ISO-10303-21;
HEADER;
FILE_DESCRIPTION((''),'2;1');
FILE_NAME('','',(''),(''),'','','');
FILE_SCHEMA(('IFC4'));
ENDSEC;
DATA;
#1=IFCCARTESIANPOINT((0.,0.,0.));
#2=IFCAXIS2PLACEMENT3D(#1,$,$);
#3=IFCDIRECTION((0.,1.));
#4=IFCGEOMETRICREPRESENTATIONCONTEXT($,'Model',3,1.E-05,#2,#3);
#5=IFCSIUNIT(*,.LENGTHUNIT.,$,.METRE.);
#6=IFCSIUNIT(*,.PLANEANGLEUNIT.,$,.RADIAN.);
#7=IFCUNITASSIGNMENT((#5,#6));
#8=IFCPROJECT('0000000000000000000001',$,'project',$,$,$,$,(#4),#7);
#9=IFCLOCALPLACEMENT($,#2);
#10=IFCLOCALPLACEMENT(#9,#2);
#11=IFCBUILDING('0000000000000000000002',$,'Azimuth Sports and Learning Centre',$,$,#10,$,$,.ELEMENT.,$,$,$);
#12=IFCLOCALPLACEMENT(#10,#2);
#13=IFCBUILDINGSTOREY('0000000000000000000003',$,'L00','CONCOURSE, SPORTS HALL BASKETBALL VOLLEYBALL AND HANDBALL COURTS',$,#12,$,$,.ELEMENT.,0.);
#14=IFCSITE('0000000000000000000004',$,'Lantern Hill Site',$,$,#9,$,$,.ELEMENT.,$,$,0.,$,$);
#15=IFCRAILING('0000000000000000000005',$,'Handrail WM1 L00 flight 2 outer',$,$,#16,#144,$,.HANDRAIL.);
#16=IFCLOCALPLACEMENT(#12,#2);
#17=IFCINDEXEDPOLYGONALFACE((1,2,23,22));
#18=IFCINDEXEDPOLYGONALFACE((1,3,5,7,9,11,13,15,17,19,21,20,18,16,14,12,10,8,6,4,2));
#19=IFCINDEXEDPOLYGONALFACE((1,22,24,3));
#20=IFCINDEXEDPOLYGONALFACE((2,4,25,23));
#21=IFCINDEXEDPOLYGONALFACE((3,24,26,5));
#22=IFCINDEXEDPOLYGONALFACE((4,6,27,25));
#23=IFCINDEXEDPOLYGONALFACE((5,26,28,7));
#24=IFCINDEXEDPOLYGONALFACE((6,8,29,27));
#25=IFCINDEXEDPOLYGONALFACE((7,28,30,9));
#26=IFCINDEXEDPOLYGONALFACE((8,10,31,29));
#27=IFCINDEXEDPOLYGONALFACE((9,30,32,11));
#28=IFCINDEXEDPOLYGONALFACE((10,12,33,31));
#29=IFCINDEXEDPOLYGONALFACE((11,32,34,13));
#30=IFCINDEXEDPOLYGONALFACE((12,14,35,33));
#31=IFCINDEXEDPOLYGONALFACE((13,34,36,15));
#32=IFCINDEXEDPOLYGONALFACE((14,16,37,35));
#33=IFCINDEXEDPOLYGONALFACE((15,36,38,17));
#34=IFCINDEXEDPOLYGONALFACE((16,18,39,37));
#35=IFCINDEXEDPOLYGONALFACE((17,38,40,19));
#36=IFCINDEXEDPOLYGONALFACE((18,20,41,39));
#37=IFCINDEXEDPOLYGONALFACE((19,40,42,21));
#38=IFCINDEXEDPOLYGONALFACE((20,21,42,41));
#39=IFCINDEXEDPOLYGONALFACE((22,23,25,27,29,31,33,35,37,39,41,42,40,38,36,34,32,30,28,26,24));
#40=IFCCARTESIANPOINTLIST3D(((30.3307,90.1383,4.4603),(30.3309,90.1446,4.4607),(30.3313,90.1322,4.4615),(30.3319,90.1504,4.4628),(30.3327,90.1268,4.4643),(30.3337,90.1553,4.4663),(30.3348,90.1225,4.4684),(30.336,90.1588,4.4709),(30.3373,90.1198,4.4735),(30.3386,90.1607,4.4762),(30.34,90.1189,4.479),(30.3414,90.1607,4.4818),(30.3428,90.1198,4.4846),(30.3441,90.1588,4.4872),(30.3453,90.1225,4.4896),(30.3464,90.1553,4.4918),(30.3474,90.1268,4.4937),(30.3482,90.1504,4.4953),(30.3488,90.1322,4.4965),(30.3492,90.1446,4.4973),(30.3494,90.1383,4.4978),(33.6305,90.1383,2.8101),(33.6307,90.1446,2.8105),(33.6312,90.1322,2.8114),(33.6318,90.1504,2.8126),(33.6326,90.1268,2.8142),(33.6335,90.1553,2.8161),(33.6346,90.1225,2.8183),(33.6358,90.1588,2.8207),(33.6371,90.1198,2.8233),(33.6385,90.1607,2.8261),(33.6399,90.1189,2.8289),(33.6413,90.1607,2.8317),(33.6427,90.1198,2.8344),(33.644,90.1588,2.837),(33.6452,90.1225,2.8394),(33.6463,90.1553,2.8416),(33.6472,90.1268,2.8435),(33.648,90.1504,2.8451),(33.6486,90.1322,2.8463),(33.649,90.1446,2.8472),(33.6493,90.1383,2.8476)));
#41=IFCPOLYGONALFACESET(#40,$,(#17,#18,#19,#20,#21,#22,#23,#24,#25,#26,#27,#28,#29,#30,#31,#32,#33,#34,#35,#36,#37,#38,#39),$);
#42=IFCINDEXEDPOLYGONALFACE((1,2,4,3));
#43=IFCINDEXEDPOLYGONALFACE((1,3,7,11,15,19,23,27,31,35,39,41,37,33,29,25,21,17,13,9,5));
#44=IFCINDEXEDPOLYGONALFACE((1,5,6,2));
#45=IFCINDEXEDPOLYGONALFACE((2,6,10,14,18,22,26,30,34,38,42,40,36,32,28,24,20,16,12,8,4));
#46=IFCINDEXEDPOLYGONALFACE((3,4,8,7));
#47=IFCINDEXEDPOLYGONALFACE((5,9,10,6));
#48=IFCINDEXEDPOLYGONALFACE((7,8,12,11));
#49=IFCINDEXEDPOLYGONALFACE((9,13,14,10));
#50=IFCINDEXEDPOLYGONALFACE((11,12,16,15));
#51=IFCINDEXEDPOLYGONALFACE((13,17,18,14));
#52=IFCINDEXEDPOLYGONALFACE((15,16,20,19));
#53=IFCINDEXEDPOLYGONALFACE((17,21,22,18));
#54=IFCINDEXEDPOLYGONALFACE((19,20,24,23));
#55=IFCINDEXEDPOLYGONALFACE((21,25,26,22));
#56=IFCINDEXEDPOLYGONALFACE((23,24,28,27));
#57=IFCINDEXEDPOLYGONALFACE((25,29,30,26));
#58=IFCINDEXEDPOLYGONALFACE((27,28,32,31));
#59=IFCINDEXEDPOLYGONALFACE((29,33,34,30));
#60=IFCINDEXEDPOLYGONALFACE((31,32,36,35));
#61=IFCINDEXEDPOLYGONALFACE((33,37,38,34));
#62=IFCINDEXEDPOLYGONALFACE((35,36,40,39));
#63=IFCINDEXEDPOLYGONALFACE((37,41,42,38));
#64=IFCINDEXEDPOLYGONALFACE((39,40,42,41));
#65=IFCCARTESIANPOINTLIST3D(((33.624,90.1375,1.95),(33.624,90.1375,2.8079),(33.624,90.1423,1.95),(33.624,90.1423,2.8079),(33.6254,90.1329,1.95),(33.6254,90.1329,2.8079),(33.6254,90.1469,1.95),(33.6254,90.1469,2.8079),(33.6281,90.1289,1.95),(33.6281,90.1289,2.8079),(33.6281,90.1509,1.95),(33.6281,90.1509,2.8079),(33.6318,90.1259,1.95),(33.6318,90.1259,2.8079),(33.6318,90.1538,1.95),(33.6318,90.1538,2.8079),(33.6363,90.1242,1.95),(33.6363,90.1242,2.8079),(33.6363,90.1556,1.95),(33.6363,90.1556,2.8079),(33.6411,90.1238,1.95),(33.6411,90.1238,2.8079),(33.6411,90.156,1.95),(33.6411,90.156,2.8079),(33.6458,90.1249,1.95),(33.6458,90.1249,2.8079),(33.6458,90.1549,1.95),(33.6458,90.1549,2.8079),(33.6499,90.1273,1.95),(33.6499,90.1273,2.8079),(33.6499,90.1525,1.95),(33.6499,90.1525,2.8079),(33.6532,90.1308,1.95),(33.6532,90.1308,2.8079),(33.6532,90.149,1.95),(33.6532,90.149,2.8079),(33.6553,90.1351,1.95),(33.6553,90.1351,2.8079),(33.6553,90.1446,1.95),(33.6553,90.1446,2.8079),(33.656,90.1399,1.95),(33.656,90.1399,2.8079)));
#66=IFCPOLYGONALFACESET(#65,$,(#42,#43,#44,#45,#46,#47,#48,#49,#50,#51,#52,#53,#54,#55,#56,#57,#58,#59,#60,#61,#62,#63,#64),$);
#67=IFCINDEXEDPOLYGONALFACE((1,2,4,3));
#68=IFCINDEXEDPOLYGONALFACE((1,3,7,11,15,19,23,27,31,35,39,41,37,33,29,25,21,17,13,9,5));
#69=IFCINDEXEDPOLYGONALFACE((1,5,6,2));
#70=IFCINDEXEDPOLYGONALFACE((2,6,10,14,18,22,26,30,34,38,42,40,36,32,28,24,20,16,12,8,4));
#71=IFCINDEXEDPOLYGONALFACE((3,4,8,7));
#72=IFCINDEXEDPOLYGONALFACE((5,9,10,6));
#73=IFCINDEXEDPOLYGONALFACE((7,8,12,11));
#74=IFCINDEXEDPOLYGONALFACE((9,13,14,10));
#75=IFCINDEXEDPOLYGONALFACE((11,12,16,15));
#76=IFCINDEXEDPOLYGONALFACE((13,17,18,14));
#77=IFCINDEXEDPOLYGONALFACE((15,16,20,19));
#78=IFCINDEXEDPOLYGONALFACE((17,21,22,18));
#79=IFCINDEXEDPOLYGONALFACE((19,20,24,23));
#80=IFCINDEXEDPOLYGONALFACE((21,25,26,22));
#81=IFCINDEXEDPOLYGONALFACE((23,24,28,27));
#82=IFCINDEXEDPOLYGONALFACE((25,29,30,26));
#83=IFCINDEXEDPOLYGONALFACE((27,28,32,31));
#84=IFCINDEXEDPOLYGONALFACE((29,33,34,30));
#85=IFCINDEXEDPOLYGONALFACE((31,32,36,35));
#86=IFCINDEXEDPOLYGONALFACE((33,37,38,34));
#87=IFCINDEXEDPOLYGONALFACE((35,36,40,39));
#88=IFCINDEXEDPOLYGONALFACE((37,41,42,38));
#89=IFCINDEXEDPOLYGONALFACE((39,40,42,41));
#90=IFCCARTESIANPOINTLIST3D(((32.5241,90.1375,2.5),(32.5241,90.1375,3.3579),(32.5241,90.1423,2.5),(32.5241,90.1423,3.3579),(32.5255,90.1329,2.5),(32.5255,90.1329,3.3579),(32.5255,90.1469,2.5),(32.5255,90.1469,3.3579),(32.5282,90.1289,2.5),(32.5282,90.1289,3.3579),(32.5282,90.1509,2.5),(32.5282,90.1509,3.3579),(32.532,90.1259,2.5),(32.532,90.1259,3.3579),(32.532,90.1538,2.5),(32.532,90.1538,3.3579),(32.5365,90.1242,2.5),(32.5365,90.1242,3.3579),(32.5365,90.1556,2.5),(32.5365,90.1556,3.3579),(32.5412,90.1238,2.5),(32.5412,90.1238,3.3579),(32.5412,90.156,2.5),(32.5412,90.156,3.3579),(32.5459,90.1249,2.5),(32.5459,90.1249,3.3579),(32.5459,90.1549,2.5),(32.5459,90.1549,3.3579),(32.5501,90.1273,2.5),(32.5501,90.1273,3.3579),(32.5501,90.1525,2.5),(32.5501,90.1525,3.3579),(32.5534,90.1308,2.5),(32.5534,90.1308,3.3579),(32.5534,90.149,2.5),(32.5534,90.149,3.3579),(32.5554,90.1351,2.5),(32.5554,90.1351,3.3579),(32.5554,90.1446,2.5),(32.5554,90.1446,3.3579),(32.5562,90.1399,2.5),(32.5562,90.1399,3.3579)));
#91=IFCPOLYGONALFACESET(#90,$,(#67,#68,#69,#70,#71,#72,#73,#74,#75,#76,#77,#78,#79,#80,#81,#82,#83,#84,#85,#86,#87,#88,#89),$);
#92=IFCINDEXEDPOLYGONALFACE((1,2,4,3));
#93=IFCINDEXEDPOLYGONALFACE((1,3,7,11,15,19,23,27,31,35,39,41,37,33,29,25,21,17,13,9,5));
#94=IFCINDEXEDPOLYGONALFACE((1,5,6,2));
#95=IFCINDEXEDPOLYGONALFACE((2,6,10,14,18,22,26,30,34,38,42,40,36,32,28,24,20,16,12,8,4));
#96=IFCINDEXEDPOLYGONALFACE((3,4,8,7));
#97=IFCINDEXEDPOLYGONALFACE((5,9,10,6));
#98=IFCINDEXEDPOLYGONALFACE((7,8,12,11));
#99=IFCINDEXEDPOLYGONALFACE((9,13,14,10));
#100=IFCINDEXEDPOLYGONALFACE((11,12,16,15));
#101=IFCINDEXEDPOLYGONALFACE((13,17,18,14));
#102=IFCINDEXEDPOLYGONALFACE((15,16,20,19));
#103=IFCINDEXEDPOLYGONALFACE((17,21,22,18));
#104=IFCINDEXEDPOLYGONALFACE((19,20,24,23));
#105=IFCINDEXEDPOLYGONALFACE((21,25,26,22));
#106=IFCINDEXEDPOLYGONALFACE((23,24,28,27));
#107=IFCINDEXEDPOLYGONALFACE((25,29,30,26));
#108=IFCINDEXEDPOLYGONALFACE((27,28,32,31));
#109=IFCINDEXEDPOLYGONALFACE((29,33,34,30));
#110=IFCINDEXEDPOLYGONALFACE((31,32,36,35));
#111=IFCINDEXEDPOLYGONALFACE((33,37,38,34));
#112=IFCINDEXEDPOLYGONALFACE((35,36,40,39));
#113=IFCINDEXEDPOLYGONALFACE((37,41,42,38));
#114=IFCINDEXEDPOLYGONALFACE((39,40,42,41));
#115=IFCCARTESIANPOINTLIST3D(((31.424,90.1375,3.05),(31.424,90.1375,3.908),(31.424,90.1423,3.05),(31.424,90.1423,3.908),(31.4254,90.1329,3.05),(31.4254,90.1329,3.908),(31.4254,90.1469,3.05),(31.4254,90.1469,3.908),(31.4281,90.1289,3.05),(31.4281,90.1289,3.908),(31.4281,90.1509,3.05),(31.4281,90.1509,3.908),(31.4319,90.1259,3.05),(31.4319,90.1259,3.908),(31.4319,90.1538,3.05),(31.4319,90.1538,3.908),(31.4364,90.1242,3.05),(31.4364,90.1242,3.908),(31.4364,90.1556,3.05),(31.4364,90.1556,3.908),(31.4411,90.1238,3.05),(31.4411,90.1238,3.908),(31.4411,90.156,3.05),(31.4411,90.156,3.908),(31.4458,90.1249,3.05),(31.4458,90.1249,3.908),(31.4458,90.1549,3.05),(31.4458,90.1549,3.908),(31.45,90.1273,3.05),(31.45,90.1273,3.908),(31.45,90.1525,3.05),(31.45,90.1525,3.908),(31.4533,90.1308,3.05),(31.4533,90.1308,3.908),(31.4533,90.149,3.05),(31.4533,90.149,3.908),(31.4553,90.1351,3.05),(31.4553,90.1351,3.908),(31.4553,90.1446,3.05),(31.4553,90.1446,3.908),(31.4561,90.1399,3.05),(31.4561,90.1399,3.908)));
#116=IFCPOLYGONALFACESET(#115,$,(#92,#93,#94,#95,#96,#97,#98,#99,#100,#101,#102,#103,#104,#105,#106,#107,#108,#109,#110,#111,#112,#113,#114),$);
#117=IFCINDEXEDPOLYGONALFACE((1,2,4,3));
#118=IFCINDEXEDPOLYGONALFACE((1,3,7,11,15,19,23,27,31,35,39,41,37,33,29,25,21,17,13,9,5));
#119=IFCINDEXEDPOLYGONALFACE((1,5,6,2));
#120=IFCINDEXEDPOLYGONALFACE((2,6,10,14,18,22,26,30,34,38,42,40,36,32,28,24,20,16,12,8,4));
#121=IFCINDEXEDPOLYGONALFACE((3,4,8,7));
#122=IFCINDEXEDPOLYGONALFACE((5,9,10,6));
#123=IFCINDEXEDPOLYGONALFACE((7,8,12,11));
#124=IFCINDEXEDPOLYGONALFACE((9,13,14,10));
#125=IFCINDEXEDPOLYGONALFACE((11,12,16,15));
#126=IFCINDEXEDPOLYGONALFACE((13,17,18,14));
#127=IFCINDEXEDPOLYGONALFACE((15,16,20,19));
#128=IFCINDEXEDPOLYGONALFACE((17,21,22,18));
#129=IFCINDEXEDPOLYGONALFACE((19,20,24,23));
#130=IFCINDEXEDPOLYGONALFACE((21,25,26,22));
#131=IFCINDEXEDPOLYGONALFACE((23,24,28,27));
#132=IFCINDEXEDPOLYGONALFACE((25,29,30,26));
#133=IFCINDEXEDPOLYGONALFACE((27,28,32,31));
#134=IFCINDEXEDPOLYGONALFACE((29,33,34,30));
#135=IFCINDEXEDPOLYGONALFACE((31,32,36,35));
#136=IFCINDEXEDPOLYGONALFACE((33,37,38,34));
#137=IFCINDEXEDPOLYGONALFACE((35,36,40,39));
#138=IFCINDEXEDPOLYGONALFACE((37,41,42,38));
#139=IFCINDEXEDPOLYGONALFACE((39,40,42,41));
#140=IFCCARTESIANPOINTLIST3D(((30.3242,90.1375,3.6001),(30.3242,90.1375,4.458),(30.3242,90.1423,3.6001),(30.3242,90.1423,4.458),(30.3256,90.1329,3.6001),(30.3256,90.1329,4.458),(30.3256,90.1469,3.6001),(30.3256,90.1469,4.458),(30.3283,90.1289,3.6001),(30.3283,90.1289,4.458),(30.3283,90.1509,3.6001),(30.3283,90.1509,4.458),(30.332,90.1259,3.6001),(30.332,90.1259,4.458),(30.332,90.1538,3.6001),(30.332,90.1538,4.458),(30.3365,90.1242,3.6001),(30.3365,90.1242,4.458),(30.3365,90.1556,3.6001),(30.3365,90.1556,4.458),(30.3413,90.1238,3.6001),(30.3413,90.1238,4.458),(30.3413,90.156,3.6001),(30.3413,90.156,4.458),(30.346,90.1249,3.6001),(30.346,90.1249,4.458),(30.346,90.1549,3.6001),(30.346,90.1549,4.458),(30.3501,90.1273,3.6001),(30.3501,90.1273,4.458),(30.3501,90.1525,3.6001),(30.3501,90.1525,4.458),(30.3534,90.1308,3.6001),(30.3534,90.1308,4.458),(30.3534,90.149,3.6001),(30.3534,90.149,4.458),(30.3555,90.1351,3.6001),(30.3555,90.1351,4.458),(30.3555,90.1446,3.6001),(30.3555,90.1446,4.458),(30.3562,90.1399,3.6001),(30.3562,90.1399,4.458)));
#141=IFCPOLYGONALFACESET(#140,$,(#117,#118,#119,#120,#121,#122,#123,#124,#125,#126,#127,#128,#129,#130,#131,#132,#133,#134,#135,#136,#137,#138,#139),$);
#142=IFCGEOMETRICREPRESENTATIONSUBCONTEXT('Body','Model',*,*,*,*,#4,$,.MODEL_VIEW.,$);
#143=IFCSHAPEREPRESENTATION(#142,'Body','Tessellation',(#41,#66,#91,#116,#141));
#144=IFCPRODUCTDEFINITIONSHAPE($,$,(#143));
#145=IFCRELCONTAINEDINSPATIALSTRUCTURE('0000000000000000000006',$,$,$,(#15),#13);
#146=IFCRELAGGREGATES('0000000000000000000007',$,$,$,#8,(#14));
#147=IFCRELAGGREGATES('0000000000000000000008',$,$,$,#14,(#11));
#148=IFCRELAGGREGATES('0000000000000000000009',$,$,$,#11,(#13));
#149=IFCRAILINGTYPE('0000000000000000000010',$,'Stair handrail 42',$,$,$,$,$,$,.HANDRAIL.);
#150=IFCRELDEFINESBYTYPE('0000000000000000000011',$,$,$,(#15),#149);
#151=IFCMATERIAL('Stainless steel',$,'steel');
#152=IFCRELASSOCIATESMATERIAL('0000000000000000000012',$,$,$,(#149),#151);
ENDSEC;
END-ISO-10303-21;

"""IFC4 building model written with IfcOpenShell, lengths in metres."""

from ifc_helpers import new_model, si_unit, direction, frame, origin, origin_2d, place, context, subcontext, project, spatial, circle, extrude, material, type_object, element, save


model = new_model("IFC4")

# Units and contexts
model_context = context("Model", 3, precision=1e-05, world=origin(), true_north=direction((0.0, 1.0)))
body_context = subcontext(model_context, "Body", "Model", "MODEL_VIEW")
ifc_project = project(units=[si_unit("LENGTHUNIT", "METRE"), si_unit("PLANEANGLEUNIT", "RADIAN")], contexts=[model_context])

# Site, building, storey
site_placement = place(None, origin())
site = spatial("IfcSite", under=ifc_project, at=site_placement, Name="Lantern Hill Site", CompositionType="ELEMENT", RefElevation=0.0)
building_placement = place(site_placement, origin())
building = spatial("IfcBuilding", under=site, at=building_placement, Name="Azimuth Sports and Learning Centre", CompositionType="ELEMENT")
storey_placement = place(building_placement, origin())
storey = spatial("IfcBuildingStorey", under=building, at=storey_placement, Name="L00", Description="CONCOURSE, SPORTS HALL BASKETBALL VOLLEYBALL AND HANDBALL COURTS", CompositionType="ELEMENT", Elevation=0.0)

# Railing
ifc_material_1 = material(Name="Stainless steel", Category="steel")
railing_type_1 = type_object("IfcRailingType", Name="Stair handrail 42", PredefinedType="HANDRAIL", material=ifc_material_1)
for number, where, name in (
    (1, (33.6399, 90.1399, 1.95), "Handrail WM1 L00 flight 2 outer"),
):
    element("IfcRailing", number, at=place(storey_placement, frame(where)), inside=storey, type_object=railing_type_1, Name=name, PredefinedType="HANDRAIL", context=body_context, shape_type="SweptSolid", body=[
        extrude(circle(Radius=0.021, at=origin_2d()), frame((0.0, 0.0, 0.8789), z_axis=(-0.894401, 0.0, 0.447267), x_axis=(0.0, -1.0, 0.0)), (0.0, 0.0, 1.0), 3.6895),
        extrude(circle(Radius=0.0161, at=origin_2d()), origin(), (0.0, 0.0, 1.0), 0.8579),
        extrude(circle(Radius=0.0161, at=origin_2d()), frame((-1.0999, 0.0, 0.55)), (0.0, 0.0, 1.0), 0.8579),
        extrude(circle(Radius=0.0161, at=origin_2d()), frame((-2.2, 0.0, 1.1001)), (0.0, 0.0, 1.0), 0.8579),
        extrude(circle(Radius=0.0161, at=origin_2d()), frame((-3.2998, 0.0, 1.6501)), (0.0, 0.0, 1.0), 0.8579),
    ])

save(model, "model.ifc")
